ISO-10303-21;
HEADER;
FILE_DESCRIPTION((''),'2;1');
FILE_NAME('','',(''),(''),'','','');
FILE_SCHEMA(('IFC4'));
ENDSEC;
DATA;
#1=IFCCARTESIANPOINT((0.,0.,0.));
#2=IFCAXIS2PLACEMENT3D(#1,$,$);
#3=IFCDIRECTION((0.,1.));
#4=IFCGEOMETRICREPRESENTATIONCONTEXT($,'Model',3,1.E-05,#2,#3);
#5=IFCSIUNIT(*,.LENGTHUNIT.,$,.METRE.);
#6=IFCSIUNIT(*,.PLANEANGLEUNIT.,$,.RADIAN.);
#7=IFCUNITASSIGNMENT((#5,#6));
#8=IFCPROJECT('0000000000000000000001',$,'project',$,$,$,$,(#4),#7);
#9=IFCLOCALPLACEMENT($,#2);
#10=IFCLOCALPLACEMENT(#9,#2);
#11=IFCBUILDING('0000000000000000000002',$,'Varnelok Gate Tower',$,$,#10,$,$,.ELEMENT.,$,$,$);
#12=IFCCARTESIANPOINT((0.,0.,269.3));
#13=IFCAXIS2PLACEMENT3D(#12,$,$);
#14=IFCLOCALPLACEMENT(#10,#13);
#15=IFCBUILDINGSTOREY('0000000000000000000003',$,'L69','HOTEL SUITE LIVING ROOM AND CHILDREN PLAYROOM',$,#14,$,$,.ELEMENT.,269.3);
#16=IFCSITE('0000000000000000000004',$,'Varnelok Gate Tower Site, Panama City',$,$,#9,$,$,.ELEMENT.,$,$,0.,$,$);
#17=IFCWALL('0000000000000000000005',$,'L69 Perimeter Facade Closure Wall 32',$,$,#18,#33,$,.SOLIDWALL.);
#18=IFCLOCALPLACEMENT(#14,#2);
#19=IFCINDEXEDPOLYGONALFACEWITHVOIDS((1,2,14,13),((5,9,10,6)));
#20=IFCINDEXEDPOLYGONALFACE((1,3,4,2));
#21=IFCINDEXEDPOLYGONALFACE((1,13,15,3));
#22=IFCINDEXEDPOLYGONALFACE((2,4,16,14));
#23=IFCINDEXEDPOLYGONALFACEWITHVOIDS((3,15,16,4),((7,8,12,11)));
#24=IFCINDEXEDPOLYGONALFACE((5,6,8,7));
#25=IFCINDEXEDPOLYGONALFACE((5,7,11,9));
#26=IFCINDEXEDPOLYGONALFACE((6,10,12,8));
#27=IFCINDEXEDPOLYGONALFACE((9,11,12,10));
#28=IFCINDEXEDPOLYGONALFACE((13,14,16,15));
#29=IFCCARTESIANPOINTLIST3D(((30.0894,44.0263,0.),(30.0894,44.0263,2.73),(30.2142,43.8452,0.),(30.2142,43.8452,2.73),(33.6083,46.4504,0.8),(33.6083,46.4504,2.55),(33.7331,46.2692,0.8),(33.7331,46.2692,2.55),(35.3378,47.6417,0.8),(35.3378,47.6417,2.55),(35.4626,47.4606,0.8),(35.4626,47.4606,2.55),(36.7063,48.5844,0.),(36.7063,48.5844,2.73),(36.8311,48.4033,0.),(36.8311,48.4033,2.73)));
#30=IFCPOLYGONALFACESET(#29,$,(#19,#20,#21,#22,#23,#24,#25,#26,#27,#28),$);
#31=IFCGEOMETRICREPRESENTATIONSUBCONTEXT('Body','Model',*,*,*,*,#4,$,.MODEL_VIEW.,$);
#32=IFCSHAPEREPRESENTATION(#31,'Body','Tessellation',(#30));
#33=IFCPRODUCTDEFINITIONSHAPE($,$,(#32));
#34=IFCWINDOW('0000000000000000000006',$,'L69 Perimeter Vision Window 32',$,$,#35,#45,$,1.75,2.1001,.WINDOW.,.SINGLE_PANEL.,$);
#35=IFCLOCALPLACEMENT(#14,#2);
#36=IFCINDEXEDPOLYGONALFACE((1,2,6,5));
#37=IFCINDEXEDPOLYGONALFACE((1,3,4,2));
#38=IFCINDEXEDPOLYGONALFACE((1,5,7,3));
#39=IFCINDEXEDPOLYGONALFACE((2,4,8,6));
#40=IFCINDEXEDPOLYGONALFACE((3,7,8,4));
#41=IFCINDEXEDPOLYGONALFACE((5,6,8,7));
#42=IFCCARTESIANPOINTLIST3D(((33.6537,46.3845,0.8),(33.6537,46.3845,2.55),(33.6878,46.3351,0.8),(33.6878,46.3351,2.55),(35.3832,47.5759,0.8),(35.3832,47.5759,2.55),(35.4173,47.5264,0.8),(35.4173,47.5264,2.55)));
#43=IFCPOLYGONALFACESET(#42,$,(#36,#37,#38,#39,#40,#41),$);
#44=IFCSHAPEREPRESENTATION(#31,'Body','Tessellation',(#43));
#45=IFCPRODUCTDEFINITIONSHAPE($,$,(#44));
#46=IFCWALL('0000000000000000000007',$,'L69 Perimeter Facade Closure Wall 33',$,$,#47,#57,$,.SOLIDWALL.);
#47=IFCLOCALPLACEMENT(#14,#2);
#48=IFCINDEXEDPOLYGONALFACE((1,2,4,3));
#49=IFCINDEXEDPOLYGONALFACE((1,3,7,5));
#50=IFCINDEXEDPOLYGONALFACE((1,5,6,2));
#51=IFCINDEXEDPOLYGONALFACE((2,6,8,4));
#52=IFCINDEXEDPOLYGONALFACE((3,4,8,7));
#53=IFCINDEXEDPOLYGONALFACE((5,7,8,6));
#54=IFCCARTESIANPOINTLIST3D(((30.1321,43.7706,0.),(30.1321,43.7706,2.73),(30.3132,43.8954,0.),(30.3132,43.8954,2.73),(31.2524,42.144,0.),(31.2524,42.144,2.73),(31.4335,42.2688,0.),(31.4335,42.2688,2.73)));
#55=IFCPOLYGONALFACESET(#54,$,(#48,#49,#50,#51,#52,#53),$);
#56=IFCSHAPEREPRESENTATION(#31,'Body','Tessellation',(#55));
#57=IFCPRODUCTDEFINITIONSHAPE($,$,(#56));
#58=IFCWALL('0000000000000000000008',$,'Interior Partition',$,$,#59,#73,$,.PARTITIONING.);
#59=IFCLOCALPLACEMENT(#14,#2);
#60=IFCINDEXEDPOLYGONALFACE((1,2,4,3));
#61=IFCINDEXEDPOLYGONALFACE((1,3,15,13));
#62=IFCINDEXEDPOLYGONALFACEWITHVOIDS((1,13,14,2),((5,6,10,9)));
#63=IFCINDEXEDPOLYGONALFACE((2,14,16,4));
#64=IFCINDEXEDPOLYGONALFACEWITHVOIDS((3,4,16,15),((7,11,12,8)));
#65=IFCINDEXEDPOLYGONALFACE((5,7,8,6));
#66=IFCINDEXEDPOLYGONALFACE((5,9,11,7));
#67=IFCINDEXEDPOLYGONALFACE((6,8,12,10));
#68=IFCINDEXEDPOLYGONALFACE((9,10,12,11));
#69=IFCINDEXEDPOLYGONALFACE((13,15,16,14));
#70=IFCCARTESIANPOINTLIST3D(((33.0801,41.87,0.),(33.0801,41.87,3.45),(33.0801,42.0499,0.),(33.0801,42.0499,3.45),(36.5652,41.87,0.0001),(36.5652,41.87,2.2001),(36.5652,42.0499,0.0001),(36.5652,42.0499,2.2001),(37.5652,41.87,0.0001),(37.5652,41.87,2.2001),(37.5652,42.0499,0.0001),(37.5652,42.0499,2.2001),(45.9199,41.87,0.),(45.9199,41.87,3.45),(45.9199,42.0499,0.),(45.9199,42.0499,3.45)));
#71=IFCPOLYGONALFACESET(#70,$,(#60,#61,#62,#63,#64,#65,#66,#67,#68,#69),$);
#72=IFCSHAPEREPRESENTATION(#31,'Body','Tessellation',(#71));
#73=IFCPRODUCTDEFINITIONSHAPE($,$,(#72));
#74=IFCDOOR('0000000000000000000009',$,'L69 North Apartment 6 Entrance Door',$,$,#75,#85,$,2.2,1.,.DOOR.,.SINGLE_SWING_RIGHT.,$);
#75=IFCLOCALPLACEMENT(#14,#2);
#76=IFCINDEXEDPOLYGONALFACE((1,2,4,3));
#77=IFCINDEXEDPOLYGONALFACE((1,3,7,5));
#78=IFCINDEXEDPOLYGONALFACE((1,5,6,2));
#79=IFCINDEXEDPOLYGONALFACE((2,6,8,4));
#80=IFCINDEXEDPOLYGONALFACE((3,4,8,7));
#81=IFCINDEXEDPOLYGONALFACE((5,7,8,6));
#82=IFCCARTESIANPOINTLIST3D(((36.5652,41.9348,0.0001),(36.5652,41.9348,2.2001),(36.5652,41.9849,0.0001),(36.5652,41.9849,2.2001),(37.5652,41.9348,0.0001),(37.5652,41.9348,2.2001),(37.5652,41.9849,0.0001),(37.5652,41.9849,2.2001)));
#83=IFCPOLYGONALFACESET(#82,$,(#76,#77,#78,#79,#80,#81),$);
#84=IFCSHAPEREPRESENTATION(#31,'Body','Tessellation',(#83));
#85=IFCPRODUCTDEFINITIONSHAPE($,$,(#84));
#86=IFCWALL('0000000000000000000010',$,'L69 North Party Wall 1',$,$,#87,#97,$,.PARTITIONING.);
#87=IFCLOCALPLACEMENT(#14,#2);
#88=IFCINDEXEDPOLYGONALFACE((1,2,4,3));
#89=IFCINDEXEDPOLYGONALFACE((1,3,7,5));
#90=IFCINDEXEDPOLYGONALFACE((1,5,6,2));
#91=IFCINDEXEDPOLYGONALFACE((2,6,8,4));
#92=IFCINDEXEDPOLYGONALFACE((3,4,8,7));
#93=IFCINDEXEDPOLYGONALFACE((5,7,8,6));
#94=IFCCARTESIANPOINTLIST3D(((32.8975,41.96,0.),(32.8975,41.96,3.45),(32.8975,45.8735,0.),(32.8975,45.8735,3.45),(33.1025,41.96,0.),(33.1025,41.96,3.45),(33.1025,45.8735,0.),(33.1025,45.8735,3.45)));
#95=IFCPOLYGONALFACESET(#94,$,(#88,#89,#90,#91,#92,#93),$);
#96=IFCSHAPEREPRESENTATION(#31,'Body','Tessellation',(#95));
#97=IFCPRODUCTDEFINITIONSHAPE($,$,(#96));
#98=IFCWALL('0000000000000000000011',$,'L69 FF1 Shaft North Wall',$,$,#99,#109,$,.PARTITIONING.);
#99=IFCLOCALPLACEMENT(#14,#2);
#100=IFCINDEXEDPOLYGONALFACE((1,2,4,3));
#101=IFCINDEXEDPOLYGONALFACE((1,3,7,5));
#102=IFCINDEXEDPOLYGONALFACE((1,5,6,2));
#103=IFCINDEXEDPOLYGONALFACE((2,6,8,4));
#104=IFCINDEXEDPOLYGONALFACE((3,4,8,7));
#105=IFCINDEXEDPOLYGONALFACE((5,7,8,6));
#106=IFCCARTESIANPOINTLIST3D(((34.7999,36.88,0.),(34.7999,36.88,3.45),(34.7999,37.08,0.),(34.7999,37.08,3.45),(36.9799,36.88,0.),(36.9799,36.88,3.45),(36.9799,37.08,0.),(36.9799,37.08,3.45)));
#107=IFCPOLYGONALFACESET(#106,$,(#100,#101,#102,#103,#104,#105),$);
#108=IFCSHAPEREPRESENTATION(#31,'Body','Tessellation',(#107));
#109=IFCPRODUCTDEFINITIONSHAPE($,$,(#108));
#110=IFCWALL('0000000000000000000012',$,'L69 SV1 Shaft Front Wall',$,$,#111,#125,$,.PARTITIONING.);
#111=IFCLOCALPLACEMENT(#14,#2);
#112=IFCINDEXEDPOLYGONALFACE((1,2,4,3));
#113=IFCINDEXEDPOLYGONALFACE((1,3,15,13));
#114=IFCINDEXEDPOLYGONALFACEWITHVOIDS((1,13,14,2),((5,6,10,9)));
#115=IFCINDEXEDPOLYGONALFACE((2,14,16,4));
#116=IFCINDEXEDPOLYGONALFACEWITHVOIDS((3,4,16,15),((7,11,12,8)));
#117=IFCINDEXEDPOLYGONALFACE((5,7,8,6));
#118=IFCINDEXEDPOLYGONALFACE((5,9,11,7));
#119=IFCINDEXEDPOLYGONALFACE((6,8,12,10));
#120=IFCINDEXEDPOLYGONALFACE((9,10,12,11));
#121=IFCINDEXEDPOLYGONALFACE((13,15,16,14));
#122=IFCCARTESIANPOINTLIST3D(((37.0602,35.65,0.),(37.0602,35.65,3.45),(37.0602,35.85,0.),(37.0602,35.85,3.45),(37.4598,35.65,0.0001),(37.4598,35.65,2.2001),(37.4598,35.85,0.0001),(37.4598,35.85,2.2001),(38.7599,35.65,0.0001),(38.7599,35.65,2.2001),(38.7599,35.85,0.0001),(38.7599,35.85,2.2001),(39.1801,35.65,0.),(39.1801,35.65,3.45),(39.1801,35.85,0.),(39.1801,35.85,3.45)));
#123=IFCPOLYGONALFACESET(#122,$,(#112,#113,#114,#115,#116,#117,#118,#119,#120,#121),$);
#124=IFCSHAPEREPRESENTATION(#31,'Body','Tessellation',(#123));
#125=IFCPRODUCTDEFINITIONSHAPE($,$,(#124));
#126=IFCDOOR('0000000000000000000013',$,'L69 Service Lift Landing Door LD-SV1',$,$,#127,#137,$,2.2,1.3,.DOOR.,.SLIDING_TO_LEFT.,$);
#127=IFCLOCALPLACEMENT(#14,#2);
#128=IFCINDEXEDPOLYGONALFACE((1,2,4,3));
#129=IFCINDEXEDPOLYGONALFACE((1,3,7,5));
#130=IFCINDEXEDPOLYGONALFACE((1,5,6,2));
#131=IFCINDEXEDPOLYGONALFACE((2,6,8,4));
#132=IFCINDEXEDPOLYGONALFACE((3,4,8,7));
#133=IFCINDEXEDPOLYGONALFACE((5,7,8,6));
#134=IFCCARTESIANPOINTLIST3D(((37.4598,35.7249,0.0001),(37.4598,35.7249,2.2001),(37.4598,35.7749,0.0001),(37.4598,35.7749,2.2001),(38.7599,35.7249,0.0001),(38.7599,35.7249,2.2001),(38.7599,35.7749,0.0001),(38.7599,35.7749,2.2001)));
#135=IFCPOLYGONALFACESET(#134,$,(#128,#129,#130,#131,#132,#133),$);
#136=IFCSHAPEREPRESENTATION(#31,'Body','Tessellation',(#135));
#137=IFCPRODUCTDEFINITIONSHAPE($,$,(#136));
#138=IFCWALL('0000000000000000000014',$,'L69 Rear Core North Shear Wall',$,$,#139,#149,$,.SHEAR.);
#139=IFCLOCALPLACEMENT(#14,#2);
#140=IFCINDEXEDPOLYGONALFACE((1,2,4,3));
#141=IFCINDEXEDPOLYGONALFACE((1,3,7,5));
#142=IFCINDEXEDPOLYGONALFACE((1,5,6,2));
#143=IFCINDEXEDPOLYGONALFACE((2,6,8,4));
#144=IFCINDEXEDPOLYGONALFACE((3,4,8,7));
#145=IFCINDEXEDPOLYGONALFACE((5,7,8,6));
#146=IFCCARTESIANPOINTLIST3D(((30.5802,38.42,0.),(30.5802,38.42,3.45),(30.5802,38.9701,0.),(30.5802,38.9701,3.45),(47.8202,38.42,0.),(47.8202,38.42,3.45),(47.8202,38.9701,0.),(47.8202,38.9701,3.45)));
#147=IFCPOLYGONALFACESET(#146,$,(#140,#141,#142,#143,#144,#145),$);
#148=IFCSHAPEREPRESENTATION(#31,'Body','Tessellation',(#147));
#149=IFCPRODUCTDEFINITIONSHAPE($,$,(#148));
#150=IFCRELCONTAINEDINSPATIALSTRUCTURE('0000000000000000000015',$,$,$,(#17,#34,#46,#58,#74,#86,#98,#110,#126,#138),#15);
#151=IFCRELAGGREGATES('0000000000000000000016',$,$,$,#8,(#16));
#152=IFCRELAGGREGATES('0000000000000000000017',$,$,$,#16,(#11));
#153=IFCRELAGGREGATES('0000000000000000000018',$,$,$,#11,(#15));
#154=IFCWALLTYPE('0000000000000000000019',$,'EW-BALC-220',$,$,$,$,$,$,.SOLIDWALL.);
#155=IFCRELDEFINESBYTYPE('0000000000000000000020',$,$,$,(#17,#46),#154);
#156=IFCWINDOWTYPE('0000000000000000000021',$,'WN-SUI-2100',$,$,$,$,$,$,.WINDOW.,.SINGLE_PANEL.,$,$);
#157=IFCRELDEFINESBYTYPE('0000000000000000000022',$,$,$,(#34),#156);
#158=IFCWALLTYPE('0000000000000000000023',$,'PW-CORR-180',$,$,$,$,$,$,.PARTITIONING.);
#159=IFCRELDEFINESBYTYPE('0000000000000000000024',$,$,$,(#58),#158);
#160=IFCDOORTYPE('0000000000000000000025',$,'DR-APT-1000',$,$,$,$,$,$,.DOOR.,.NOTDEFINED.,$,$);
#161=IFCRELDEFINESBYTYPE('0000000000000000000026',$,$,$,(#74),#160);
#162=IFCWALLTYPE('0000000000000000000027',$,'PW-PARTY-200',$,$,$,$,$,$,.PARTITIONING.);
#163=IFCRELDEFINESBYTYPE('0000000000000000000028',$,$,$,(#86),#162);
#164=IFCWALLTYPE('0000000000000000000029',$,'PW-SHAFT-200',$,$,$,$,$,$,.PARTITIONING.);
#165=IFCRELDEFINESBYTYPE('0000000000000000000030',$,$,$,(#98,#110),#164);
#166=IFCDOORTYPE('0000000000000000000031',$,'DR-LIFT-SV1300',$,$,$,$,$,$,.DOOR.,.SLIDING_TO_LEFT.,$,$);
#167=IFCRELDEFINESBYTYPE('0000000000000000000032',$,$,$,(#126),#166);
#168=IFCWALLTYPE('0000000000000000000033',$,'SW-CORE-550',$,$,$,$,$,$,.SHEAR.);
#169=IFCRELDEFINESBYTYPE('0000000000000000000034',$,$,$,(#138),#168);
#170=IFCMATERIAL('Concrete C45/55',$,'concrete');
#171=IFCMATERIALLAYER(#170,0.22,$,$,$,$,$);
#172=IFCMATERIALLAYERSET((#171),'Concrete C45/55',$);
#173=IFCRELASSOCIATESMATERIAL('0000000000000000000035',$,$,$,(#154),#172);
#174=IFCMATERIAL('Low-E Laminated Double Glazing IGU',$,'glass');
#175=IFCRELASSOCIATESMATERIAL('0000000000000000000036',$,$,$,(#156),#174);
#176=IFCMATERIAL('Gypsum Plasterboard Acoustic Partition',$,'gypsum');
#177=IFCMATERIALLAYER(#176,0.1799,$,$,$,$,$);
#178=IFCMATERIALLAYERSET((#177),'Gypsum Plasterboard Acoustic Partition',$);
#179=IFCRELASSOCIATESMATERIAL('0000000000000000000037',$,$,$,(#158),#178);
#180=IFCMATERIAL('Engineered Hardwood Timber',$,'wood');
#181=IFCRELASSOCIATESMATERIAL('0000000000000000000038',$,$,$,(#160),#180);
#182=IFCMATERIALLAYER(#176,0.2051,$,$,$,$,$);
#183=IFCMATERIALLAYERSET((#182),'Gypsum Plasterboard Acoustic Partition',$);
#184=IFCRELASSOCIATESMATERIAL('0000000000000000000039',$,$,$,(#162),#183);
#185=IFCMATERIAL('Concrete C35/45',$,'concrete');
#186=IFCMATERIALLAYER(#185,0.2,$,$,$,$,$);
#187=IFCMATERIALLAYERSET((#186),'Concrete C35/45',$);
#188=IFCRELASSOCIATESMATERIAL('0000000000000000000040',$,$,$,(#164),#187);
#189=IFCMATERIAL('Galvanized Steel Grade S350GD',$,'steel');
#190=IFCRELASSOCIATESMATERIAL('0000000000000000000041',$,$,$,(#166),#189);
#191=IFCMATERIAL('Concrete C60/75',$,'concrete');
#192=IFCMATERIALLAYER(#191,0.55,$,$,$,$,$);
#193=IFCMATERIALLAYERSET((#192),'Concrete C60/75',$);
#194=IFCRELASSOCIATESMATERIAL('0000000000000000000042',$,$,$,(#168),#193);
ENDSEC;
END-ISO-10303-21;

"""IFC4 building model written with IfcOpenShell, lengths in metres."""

from ifc_helpers import new_model, si_unit, direction, frame, frame_2d, origin, place, context, subcontext, project, spatial, rectangle, extrude, material, layer, layer_set, type_object, element, fill, save


model = new_model("IFC4")

# Units and contexts
model_context = context("Model", 3, precision=1e-05, world=origin(), true_north=direction((0.0, 1.0)))
body_context = subcontext(model_context, "Body", "Model", "MODEL_VIEW")
ifc_project = project(units=[si_unit("LENGTHUNIT", "METRE"), si_unit("PLANEANGLEUNIT", "RADIAN")], contexts=[model_context])

# Site, building, storey
site_placement = place(None, origin())
site = spatial("IfcSite", under=ifc_project, at=site_placement, Name="Varnelok Gate Tower Site, Panama City", CompositionType="ELEMENT", RefElevation=0.0)
building_placement = place(site_placement, origin())
building = spatial("IfcBuilding", under=site, at=building_placement, Name="Varnelok Gate Tower", CompositionType="ELEMENT")
storey_placement = place(building_placement, frame((0.0, 0.0, 269.3)))
storey = spatial("IfcBuildingStorey", under=building, at=storey_placement, Name="L69", Description="HOTEL SUITE LIVING ROOM AND CHILDREN PLAYROOM", CompositionType="ELEMENT", Elevation=269.3)

# Shared definitions
ifc_material_1 = material(Name="Concrete C45/55", Category="concrete")
ifc_layer_1 = layer(ifc_material_1, 0.22)
ifc_layer_set_1 = layer_set([ifc_layer_1], Name="Concrete C45/55")
wall_type_1 = type_object("IfcWallType", Name="EW-BALC-220", PredefinedType="SOLIDWALL", material=ifc_layer_set_1)

# Wall, opening, window
wall_1_placement = place(storey_placement, frame((36.7688, 48.4939, 0.0), z_axis=(0.0, 0.0, 1.0), x_axis=(-0.823521, -0.567286, 0.0)))
wall_1 = element("IfcWall", 1, at=wall_1_placement, inside=storey, type_object=wall_type_1, Name="L69 Perimeter Facade Closure Wall 32", PredefinedType="SOLIDWALL", context=body_context, shape_type="SweptSolid", body=[
    extrude(rectangle(XDim=8.0349, YDim=0.22, at=frame_2d((4.0176, 0.0))), origin(), (0.0, 0.0, 1.0), 2.73),
])
opening_1_placement = place(wall_1_placement, frame((1.6619, 0.0, 0.8)))
opening_1 = element("IfcOpeningElement", 2, at=opening_1_placement, cuts=wall_1, PredefinedType="OPENING", context=body_context, shape_type="SweptSolid", body=[
    extrude(rectangle(XDim=2.1001, YDim=1.75, at=frame_2d((1.05, 0.875))), frame((0.0, 0.1199, 0.0), z_axis=(0.0, -1.0, 0.0), x_axis=(1.0, 0.0, 0.0)), (0.0, 0.0, 1.0), 0.24),
])
ifc_material_2 = material(Name="Low-E Laminated Double Glazing IGU", Category="glass")
window_type = type_object("IfcWindowType", Name="WN-SUI-2100", PartitioningType="SINGLE_PANEL", PredefinedType="WINDOW", material=ifc_material_2)
window_placement = place(opening_1_placement, origin())
window = element("IfcWindow", 3, at=window_placement, inside=storey, type_object=window_type, Name="L69 Perimeter Vision Window 32", OverallHeight=1.75, OverallWidth=2.1001, PartitioningType="SINGLE_PANEL", PredefinedType="WINDOW", context=body_context, shape_type="SweptSolid", body=[
    extrude(rectangle(XDim=2.1001, YDim=1.75, at=frame_2d((1.05, 0.875))), frame((0.0, 0.03, 0.0), z_axis=(0.0, -1.0, 0.0), x_axis=(1.0, 0.0, 0.0)), (0.0, 0.0, 1.0), 0.0601),
])
fill(opening_1, window)

# Wall
wall_2_placement = place(storey_placement, frame((30.2227, 43.833, 0.0), z_axis=(0.0, 0.0, 1.0), x_axis=(0.567216, -0.823569, 0.0)))
element("IfcWall", 4, at=wall_2_placement, inside=storey, type_object=wall_type_1, Name="L69 Perimeter Facade Closure Wall 33", PredefinedType="SOLIDWALL", context=body_context, shape_type="SweptSolid", body=[
    extrude(rectangle(XDim=1.9751, YDim=0.22, at=frame_2d((0.9875, 0.0))), origin(), (0.0, 0.0, 1.0), 2.73),
])

# Wall, opening, door
ifc_material_3 = material(Name="Gypsum Plasterboard Acoustic Partition", Category="gypsum")
ifc_layer_2 = layer(ifc_material_3, 0.1799)
ifc_layer_set_2 = layer_set([ifc_layer_2], Name="Gypsum Plasterboard Acoustic Partition")
wall_type_2 = type_object("IfcWallType", Name="PW-CORR-180", PredefinedType="PARTITIONING", material=ifc_layer_set_2)
wall_3_placement = place(storey_placement, frame((33.0801, 41.96, 0.0), z_axis=(0.0, 0.0, 1.0), x_axis=(1.0, 0.0, 0.0)))
wall_3 = element("IfcWall", 5, at=wall_3_placement, inside=storey, type_object=wall_type_2, Name="Interior Partition", PredefinedType="PARTITIONING", context=body_context, shape_type="SweptSolid", body=[
    extrude(rectangle(XDim=12.8398, YDim=0.1799, at=frame_2d((6.4199, 0.0))), origin(), (0.0, 0.0, 1.0), 3.45),
])
opening_2_placement = place(wall_3_placement, frame((3.4851, 0.0, 0.0)))
opening_2 = element("IfcOpeningElement", 6, at=opening_2_placement, cuts=wall_3, PredefinedType="OPENING", context=body_context, shape_type="SweptSolid", body=[
    extrude(rectangle(XDim=1.0, YDim=2.2, at=frame_2d((0.5, 1.1001))), frame((0.0, 0.0999, 0.0), z_axis=(0.0, -1.0, 0.0), x_axis=(1.0, 0.0, 0.0)), (0.0, 0.0, 1.0), 0.2),
])
ifc_material_4 = material(Name="Engineered Hardwood Timber", Category="wood")
door_type_1 = type_object("IfcDoorType", Name="DR-APT-1000", OperationType="NOTDEFINED", PredefinedType="DOOR", material=ifc_material_4)
door_1_placement = place(opening_2_placement, origin())
door_1 = element("IfcDoor", 7, at=door_1_placement, inside=storey, type_object=door_type_1, Name="L69 North Apartment 6 Entrance Door", OperationType="SINGLE_SWING_RIGHT", OverallHeight=2.2, OverallWidth=1.0, PredefinedType="DOOR", context=body_context, shape_type="SweptSolid", body=[
    extrude(rectangle(XDim=1.0, YDim=2.2, at=frame_2d((0.5, 1.1001))), frame((0.0, 0.0249, 0.0), z_axis=(0.0, -1.0, 0.0), x_axis=(1.0, 0.0, 0.0)), (0.0, 0.0, 1.0), 0.05),
])
fill(opening_2, door_1)

# Walls
ifc_layer_3 = layer(ifc_material_3, 0.2051)
ifc_layer_set_3 = layer_set([ifc_layer_3], Name="Gypsum Plasterboard Acoustic Partition")
wall_type_3 = type_object("IfcWallType", Name="PW-PARTY-200", PredefinedType="PARTITIONING", material=ifc_layer_set_3)
wall_4_placement = place(storey_placement, frame((33.0, 41.96, 0.0), z_axis=(0.0, 0.0, 1.0), x_axis=(0.0, 1.0, 0.0)))
element("IfcWall", 8, at=wall_4_placement, inside=storey, type_object=wall_type_3, Name="L69 North Party Wall 1", PredefinedType="PARTITIONING", context=body_context, shape_type="SweptSolid", body=[
    extrude(rectangle(XDim=3.9136, YDim=0.2051, at=frame_2d((1.9568, 0.0))), origin(), (0.0, 0.0, 1.0), 3.45),
])
ifc_material_5 = material(Name="Concrete C35/45", Category="concrete")
ifc_layer_4 = layer(ifc_material_5, 0.2)
ifc_layer_set_4 = layer_set([ifc_layer_4], Name="Concrete C35/45")
wall_type_4 = type_object("IfcWallType", Name="PW-SHAFT-200", PredefinedType="PARTITIONING", material=ifc_layer_set_4)
wall_5_placement = place(storey_placement, frame((34.8, 36.98, 0.0), z_axis=(0.0, 0.0, 1.0), x_axis=(1.0, 0.0, 0.0)))
element("IfcWall", 9, at=wall_5_placement, inside=storey, type_object=wall_type_4, Name="L69 FF1 Shaft North Wall", PredefinedType="PARTITIONING", context=body_context, shape_type="SweptSolid", body=[
    extrude(rectangle(XDim=2.1799, YDim=0.2, at=frame_2d((1.0898, 0.0))), origin(), (0.0, 0.0, 1.0), 3.45),
])

# Wall, opening, door
wall_6_placement = place(storey_placement, frame((37.0601, 35.75, 0.0), z_axis=(0.0, 0.0, 1.0), x_axis=(1.0, 0.0, 0.0)))
wall_6 = element("IfcWall", 10, at=wall_6_placement, inside=storey, type_object=wall_type_4, Name="L69 SV1 Shaft Front Wall", PredefinedType="PARTITIONING", context=body_context, shape_type="SweptSolid", body=[
    extrude(rectangle(XDim=2.1199, YDim=0.2, at=frame_2d((1.0601, 0.0))), origin(), (0.0, 0.0, 1.0), 3.45),
])
opening_3_placement = place(wall_6_placement, frame((0.3999, 0.0, 0.0)))
opening_3 = element("IfcOpeningElement", 11, at=opening_3_placement, cuts=wall_6, PredefinedType="OPENING", context=body_context, shape_type="SweptSolid", body=[
    extrude(rectangle(XDim=1.3, YDim=2.2, at=frame_2d((0.6499, 1.1001))), frame((0.0, 0.1099, 0.0), z_axis=(0.0, -1.0, 0.0), x_axis=(1.0, 0.0, 0.0)), (0.0, 0.0, 1.0), 0.22),
])
ifc_material_6 = material(Name="Galvanized Steel Grade S350GD", Category="steel")
door_type_2 = type_object("IfcDoorType", Name="DR-LIFT-SV1300", OperationType="SLIDING_TO_LEFT", PredefinedType="DOOR", material=ifc_material_6)
door_2_placement = place(opening_3_placement, origin())
door_2 = element("IfcDoor", 12, at=door_2_placement, inside=storey, type_object=door_type_2, Name="L69 Service Lift Landing Door LD-SV1", OperationType="SLIDING_TO_LEFT", OverallHeight=2.2, OverallWidth=1.3, PredefinedType="DOOR", context=body_context, shape_type="SweptSolid", body=[
    extrude(rectangle(XDim=1.3, YDim=2.2, at=frame_2d((0.6499, 1.1001))), frame((0.0, 0.0249, 0.0), z_axis=(0.0, -1.0, 0.0), x_axis=(1.0, 0.0, 0.0)), (0.0, 0.0, 1.0), 0.05),
])
fill(opening_3, door_2)

# Wall
ifc_material_7 = material(Name="Concrete C60/75", Category="concrete")
ifc_layer_5 = layer(ifc_material_7, 0.55)
ifc_layer_set_5 = layer_set([ifc_layer_5], Name="Concrete C60/75")
wall_type_5 = type_object("IfcWallType", Name="SW-CORE-550", PredefinedType="SHEAR", material=ifc_layer_set_5)
wall_7_placement = place(storey_placement, frame((30.5801, 38.6951, 0.0), z_axis=(0.0, 0.0, 1.0), x_axis=(1.0, 0.0, 0.0)))
element("IfcWall", 13, at=wall_7_placement, inside=storey, type_object=wall_type_5, Name="L69 Rear Core North Shear Wall", PredefinedType="SHEAR", context=body_context, shape_type="SweptSolid", body=[
    extrude(rectangle(XDim=17.24, YDim=0.55, at=frame_2d((8.6201, 0.0))), origin(), (0.0, 0.0, 1.0), 3.45),
])

save(model, "model.ifc")
